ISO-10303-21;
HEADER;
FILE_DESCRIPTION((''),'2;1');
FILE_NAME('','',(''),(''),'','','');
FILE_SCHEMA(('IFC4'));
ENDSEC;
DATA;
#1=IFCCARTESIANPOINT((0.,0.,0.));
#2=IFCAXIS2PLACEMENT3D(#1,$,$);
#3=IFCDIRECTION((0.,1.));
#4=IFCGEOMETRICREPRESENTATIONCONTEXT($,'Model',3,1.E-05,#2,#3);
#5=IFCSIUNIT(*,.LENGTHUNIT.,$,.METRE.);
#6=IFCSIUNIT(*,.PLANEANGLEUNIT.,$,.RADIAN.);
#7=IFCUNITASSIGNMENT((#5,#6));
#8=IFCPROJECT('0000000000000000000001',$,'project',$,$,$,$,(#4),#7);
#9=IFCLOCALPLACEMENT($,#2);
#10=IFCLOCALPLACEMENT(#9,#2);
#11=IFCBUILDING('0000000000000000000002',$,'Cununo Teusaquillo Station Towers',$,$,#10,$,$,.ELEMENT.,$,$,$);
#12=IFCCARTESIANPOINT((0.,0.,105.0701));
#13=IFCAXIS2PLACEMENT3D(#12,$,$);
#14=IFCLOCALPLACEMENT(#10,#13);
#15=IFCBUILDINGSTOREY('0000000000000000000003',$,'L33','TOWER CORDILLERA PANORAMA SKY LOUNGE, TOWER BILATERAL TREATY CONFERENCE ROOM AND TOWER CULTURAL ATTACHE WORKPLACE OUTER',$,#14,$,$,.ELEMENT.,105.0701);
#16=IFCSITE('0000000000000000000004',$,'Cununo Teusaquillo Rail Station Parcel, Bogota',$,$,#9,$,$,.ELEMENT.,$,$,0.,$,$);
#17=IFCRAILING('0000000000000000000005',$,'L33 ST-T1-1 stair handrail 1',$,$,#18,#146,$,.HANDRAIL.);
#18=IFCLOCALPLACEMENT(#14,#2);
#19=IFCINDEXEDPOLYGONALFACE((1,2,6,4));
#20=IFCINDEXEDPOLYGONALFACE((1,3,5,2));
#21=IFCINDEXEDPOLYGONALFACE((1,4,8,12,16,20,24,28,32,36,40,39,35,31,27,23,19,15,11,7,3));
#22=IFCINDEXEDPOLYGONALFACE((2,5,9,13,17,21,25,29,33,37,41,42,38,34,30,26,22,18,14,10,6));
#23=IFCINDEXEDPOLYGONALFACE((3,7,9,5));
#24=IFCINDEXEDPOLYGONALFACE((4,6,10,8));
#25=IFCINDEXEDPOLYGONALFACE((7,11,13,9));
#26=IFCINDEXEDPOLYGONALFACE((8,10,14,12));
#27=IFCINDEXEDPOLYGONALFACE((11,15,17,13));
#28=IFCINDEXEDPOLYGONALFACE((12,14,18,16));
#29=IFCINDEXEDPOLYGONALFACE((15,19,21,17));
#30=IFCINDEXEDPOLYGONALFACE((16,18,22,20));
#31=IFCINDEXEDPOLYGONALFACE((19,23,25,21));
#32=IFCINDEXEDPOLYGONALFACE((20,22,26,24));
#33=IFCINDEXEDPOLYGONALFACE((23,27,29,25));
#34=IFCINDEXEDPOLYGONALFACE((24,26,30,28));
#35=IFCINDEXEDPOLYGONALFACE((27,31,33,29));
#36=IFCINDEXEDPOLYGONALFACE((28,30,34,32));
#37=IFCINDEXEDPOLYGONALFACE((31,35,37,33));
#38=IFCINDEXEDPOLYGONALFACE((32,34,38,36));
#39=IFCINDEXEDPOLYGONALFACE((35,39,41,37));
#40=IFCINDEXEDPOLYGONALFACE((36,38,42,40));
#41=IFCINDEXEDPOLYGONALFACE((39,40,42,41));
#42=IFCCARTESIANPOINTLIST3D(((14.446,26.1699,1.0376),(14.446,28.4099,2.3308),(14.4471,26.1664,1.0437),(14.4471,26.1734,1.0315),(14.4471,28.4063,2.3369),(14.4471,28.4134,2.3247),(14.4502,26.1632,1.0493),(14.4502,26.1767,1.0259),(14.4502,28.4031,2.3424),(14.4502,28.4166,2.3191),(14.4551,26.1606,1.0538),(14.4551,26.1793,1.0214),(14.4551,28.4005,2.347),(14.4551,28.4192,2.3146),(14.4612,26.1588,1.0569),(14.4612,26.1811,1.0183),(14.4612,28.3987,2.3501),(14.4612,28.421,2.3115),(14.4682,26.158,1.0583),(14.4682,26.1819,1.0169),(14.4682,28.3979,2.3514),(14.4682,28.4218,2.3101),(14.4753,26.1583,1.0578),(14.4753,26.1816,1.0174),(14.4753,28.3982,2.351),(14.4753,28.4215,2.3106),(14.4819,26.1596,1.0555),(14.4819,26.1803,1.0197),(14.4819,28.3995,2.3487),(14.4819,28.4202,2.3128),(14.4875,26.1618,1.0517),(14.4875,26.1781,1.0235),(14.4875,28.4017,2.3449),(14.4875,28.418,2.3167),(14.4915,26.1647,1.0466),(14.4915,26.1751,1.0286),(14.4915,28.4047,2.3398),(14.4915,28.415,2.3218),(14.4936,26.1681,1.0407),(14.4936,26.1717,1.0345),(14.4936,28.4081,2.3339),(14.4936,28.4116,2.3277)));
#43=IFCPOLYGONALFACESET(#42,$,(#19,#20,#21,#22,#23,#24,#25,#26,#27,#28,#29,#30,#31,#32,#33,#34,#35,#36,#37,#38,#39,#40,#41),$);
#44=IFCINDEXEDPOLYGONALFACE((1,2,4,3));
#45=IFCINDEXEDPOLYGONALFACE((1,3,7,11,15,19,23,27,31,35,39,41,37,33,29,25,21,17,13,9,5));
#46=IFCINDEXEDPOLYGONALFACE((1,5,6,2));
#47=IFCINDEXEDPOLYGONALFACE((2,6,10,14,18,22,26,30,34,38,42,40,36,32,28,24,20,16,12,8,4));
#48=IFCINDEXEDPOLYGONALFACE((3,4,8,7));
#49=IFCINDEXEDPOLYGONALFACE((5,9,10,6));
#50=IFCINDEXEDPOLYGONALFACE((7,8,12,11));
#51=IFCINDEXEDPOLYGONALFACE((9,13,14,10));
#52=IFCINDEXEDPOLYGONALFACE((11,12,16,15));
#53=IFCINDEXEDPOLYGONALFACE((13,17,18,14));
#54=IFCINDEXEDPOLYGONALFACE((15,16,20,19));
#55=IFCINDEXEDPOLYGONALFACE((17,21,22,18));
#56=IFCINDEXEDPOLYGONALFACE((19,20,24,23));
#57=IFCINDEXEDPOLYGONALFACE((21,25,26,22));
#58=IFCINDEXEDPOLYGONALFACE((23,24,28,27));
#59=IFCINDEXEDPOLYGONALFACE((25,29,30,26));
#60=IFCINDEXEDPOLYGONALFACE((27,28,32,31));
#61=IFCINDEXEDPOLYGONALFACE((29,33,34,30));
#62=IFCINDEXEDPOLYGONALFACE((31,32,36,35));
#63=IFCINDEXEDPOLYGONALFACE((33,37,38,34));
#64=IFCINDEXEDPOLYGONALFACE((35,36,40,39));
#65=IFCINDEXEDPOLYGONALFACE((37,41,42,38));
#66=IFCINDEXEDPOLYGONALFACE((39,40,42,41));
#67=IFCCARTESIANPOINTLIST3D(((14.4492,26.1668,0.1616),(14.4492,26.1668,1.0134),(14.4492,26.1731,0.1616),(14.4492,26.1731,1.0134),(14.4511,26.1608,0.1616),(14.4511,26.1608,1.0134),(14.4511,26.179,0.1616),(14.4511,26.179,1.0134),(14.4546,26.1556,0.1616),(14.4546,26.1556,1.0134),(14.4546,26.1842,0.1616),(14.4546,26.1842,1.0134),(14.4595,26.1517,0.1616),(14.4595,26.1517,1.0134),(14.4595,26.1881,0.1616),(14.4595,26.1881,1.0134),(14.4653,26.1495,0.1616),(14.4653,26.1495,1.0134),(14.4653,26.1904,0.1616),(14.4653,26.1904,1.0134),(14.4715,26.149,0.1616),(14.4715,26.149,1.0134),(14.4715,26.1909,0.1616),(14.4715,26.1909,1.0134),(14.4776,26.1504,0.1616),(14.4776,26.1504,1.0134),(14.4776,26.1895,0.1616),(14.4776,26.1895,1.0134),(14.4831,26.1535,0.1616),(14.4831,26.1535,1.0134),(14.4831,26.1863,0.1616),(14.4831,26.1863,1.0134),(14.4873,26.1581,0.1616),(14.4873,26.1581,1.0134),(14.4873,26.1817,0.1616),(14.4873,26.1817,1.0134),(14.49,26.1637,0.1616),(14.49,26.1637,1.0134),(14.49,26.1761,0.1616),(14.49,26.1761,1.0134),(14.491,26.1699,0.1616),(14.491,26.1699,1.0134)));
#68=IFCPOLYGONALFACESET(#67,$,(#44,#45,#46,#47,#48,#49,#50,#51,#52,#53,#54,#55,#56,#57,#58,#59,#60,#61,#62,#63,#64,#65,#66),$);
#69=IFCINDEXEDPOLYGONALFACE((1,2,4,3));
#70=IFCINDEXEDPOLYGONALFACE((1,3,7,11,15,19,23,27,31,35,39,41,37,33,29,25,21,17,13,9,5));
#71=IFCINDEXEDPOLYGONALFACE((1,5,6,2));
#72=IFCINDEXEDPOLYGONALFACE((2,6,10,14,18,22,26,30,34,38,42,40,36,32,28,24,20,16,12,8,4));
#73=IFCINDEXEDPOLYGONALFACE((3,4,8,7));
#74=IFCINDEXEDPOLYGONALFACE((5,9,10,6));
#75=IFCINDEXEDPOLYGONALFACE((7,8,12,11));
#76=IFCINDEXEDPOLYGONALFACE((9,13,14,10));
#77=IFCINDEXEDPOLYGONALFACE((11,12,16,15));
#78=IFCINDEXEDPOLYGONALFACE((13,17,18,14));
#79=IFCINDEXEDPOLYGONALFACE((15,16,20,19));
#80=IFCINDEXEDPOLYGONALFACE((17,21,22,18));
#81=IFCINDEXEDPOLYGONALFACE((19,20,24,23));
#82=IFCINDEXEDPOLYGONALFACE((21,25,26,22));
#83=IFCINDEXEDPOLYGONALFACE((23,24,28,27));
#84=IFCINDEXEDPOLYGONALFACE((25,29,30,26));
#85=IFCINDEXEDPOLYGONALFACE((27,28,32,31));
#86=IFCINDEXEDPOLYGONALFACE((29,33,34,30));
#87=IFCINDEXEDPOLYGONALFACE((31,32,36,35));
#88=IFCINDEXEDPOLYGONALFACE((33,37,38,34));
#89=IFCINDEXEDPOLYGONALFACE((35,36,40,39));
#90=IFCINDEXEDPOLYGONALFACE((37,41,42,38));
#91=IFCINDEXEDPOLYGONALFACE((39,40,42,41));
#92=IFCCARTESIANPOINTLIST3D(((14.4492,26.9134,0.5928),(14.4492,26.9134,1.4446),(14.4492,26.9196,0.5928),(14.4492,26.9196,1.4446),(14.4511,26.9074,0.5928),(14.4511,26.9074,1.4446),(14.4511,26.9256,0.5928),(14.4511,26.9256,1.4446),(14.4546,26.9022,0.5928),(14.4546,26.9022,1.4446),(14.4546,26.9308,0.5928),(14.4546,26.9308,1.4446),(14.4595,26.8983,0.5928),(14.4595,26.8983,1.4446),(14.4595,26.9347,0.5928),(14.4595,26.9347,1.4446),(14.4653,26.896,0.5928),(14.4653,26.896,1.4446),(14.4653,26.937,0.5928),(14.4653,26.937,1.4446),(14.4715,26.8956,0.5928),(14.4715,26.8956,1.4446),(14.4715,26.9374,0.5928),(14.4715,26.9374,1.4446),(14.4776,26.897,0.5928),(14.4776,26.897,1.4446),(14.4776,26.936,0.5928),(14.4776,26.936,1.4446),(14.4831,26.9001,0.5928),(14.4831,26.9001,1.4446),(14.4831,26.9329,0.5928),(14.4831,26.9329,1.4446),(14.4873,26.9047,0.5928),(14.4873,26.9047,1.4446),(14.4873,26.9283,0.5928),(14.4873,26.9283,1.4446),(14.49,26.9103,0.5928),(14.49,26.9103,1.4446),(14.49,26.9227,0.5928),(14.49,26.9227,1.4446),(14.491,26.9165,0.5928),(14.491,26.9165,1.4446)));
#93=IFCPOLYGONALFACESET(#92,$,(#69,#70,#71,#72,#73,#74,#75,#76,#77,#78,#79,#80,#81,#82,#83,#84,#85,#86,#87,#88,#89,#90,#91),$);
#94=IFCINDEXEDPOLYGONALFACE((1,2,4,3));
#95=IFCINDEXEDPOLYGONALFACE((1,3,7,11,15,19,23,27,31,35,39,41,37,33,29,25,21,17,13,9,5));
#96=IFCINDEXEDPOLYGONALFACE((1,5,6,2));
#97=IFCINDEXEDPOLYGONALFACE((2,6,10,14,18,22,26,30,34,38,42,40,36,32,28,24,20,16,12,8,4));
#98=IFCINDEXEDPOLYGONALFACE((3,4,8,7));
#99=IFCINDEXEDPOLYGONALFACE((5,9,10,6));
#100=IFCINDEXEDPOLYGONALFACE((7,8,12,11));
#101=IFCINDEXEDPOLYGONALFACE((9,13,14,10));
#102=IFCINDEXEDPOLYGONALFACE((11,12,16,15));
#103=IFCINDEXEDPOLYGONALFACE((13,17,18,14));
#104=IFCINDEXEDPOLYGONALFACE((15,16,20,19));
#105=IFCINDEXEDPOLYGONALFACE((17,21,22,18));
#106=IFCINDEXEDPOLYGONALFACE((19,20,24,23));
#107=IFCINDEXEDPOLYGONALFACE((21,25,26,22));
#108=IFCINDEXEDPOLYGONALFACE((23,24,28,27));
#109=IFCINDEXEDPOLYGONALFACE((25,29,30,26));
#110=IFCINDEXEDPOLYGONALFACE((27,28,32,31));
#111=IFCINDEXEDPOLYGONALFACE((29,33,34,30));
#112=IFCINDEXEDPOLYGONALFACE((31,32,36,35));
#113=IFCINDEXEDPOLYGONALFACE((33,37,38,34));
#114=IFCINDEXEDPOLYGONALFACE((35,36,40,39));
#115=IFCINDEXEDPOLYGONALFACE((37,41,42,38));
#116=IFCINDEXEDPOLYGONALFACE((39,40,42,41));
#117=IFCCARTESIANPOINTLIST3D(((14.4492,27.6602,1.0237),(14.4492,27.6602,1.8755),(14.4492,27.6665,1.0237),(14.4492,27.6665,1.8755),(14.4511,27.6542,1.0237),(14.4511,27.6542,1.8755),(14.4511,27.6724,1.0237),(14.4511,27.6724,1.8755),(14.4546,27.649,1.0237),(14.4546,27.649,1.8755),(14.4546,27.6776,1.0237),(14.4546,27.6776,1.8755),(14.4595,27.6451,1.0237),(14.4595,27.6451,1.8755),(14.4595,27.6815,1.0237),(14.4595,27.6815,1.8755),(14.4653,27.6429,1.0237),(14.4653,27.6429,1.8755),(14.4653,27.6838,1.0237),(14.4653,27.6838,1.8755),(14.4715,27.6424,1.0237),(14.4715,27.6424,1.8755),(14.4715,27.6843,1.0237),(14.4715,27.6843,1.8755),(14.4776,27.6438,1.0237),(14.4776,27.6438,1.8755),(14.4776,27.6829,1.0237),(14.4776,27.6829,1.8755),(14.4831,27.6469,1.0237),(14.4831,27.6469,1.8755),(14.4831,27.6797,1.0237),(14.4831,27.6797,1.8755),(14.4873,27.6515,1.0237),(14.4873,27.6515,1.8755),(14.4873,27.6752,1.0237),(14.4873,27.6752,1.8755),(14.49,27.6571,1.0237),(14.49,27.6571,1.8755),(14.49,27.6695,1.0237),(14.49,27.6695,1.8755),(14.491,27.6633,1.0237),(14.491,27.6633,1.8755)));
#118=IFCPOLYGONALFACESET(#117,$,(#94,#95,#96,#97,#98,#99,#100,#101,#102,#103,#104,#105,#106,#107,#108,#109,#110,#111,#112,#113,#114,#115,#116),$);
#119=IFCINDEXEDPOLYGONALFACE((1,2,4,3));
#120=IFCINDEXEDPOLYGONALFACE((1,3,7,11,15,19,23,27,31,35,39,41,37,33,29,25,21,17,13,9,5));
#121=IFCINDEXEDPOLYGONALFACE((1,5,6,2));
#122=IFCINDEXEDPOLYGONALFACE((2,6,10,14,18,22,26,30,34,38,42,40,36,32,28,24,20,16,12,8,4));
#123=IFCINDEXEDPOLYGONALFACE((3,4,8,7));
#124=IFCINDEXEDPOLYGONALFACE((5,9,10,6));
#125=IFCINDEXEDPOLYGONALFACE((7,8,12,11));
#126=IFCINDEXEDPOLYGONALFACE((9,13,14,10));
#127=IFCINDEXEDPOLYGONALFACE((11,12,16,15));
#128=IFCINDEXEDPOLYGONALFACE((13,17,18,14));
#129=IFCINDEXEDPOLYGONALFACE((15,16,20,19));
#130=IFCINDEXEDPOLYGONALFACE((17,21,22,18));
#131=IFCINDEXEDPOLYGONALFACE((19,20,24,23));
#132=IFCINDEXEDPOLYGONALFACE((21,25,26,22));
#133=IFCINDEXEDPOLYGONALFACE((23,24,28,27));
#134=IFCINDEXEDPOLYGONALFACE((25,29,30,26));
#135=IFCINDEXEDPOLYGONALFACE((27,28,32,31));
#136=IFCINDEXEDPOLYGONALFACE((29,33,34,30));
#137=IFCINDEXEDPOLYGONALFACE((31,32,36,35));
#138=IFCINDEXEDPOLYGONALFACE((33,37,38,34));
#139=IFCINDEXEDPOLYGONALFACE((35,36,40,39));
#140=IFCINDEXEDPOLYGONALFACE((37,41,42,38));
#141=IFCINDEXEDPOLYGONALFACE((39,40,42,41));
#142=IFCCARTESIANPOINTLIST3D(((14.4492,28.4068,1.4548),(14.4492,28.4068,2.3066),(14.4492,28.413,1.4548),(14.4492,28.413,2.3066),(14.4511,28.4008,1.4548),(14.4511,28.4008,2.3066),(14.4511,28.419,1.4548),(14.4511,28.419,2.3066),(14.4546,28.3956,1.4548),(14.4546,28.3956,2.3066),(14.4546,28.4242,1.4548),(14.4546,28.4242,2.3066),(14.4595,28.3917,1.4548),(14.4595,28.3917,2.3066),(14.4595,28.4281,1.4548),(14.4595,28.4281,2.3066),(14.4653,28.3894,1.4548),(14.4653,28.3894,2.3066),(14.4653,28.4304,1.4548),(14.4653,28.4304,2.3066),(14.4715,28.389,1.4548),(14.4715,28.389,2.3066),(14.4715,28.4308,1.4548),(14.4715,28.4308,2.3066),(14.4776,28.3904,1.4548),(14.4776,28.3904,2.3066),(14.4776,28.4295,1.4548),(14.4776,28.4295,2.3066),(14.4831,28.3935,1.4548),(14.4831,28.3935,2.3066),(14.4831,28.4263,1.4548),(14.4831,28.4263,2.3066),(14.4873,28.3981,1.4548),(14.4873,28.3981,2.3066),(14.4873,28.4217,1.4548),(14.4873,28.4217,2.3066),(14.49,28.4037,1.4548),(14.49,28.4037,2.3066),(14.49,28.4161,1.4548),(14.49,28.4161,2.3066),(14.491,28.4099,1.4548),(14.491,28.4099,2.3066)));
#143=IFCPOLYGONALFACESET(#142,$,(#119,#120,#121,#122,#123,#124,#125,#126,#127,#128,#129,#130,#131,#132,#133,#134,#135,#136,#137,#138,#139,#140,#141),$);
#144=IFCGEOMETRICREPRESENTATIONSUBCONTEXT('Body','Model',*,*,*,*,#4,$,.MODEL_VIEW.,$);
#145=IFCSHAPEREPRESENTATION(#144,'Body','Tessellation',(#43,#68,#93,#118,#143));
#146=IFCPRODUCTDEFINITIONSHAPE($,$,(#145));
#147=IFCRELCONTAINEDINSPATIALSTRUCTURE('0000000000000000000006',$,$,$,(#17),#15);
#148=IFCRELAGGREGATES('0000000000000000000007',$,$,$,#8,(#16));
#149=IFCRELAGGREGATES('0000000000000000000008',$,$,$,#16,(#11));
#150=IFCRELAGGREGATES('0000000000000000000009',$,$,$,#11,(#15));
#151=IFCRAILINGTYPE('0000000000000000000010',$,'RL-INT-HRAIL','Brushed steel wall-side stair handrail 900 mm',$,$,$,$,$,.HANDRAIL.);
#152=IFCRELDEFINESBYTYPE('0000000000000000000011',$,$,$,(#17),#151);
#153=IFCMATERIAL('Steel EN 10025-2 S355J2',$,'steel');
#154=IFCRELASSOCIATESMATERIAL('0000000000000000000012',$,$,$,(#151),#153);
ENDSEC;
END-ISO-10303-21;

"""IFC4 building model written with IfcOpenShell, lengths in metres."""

from ifc_helpers import new_model, si_unit, direction, frame, origin, origin_2d, place, context, subcontext, project, spatial, circle, extrude, material, type_object, element, save


model = new_model("IFC4")

# Units and contexts
model_context = context("Model", 3, precision=1e-05, world=origin(), true_north=direction((0.0, 1.0)))
body_context = subcontext(model_context, "Body", "Model", "MODEL_VIEW")
ifc_project = project(units=[si_unit("LENGTHUNIT", "METRE"), si_unit("PLANEANGLEUNIT", "RADIAN")], contexts=[model_context])

# Site, building, storey
site_placement = place(None, origin())
site = spatial("IfcSite", under=ifc_project, at=site_placement, Name="Cununo Teusaquillo Rail Station Parcel, Bogota", CompositionType="ELEMENT", RefElevation=0.0)
building_placement = place(site_placement, origin())
building = spatial("IfcBuilding", under=site, at=building_placement, Name="Cununo Teusaquillo Station Towers", CompositionType="ELEMENT")
storey_placement = place(building_placement, frame((0.0, 0.0, 105.0701)))
storey = spatial("IfcBuildingStorey", under=building, at=storey_placement, Name="L33", Description="TOWER CORDILLERA PANORAMA SKY LOUNGE, TOWER BILATERAL TREATY CONFERENCE ROOM AND TOWER CULTURAL ATTACHE WORKPLACE OUTER", CompositionType="ELEMENT", Elevation=105.0701)

# Railing
ifc_material_1 = material(Name="Steel EN 10025-2 S355J2", Category="steel")
railing_type_1 = type_object("IfcRailingType", Name="RL-INT-HRAIL", Description="Brushed steel wall-side stair handrail 900 mm", PredefinedType="HANDRAIL", material=ifc_material_1)
railing_1_placement = place(storey_placement, frame((14.47, 26.1699, 0.1616)))
element("IfcRailing", 1, at=railing_1_placement, inside=storey, type_object=railing_type_1, Name="L33 ST-T1-1 stair handrail 1", PredefinedType="HANDRAIL", context=body_context, shape_type="SweptSolid", body=[
    extrude(circle(Radius=0.0239, at=origin_2d()), frame((0.0, 0.0, 0.876), z_axis=(0.0, 0.866033, 0.499987), x_axis=(-1.0, 0.0, 0.0)), (0.0, 0.0, 1.0), 2.5864),
    extrude(circle(Radius=0.021, at=origin_2d()), origin(), (0.0, 0.0, 1.0), 0.8518),
    extrude(circle(Radius=0.021, at=origin_2d()), frame((0.0, 0.7466, 0.4312)), (0.0, 0.0, 1.0), 0.8518),
    extrude(circle(Radius=0.021, at=origin_2d()), frame((0.0, 1.4934, 0.8621)), (0.0, 0.0, 1.0), 0.8518),
    extrude(circle(Radius=0.021, at=origin_2d()), frame((0.0, 2.24, 1.2932)), (0.0, 0.0, 1.0), 0.8518),
])

save(model, "model.ifc")
